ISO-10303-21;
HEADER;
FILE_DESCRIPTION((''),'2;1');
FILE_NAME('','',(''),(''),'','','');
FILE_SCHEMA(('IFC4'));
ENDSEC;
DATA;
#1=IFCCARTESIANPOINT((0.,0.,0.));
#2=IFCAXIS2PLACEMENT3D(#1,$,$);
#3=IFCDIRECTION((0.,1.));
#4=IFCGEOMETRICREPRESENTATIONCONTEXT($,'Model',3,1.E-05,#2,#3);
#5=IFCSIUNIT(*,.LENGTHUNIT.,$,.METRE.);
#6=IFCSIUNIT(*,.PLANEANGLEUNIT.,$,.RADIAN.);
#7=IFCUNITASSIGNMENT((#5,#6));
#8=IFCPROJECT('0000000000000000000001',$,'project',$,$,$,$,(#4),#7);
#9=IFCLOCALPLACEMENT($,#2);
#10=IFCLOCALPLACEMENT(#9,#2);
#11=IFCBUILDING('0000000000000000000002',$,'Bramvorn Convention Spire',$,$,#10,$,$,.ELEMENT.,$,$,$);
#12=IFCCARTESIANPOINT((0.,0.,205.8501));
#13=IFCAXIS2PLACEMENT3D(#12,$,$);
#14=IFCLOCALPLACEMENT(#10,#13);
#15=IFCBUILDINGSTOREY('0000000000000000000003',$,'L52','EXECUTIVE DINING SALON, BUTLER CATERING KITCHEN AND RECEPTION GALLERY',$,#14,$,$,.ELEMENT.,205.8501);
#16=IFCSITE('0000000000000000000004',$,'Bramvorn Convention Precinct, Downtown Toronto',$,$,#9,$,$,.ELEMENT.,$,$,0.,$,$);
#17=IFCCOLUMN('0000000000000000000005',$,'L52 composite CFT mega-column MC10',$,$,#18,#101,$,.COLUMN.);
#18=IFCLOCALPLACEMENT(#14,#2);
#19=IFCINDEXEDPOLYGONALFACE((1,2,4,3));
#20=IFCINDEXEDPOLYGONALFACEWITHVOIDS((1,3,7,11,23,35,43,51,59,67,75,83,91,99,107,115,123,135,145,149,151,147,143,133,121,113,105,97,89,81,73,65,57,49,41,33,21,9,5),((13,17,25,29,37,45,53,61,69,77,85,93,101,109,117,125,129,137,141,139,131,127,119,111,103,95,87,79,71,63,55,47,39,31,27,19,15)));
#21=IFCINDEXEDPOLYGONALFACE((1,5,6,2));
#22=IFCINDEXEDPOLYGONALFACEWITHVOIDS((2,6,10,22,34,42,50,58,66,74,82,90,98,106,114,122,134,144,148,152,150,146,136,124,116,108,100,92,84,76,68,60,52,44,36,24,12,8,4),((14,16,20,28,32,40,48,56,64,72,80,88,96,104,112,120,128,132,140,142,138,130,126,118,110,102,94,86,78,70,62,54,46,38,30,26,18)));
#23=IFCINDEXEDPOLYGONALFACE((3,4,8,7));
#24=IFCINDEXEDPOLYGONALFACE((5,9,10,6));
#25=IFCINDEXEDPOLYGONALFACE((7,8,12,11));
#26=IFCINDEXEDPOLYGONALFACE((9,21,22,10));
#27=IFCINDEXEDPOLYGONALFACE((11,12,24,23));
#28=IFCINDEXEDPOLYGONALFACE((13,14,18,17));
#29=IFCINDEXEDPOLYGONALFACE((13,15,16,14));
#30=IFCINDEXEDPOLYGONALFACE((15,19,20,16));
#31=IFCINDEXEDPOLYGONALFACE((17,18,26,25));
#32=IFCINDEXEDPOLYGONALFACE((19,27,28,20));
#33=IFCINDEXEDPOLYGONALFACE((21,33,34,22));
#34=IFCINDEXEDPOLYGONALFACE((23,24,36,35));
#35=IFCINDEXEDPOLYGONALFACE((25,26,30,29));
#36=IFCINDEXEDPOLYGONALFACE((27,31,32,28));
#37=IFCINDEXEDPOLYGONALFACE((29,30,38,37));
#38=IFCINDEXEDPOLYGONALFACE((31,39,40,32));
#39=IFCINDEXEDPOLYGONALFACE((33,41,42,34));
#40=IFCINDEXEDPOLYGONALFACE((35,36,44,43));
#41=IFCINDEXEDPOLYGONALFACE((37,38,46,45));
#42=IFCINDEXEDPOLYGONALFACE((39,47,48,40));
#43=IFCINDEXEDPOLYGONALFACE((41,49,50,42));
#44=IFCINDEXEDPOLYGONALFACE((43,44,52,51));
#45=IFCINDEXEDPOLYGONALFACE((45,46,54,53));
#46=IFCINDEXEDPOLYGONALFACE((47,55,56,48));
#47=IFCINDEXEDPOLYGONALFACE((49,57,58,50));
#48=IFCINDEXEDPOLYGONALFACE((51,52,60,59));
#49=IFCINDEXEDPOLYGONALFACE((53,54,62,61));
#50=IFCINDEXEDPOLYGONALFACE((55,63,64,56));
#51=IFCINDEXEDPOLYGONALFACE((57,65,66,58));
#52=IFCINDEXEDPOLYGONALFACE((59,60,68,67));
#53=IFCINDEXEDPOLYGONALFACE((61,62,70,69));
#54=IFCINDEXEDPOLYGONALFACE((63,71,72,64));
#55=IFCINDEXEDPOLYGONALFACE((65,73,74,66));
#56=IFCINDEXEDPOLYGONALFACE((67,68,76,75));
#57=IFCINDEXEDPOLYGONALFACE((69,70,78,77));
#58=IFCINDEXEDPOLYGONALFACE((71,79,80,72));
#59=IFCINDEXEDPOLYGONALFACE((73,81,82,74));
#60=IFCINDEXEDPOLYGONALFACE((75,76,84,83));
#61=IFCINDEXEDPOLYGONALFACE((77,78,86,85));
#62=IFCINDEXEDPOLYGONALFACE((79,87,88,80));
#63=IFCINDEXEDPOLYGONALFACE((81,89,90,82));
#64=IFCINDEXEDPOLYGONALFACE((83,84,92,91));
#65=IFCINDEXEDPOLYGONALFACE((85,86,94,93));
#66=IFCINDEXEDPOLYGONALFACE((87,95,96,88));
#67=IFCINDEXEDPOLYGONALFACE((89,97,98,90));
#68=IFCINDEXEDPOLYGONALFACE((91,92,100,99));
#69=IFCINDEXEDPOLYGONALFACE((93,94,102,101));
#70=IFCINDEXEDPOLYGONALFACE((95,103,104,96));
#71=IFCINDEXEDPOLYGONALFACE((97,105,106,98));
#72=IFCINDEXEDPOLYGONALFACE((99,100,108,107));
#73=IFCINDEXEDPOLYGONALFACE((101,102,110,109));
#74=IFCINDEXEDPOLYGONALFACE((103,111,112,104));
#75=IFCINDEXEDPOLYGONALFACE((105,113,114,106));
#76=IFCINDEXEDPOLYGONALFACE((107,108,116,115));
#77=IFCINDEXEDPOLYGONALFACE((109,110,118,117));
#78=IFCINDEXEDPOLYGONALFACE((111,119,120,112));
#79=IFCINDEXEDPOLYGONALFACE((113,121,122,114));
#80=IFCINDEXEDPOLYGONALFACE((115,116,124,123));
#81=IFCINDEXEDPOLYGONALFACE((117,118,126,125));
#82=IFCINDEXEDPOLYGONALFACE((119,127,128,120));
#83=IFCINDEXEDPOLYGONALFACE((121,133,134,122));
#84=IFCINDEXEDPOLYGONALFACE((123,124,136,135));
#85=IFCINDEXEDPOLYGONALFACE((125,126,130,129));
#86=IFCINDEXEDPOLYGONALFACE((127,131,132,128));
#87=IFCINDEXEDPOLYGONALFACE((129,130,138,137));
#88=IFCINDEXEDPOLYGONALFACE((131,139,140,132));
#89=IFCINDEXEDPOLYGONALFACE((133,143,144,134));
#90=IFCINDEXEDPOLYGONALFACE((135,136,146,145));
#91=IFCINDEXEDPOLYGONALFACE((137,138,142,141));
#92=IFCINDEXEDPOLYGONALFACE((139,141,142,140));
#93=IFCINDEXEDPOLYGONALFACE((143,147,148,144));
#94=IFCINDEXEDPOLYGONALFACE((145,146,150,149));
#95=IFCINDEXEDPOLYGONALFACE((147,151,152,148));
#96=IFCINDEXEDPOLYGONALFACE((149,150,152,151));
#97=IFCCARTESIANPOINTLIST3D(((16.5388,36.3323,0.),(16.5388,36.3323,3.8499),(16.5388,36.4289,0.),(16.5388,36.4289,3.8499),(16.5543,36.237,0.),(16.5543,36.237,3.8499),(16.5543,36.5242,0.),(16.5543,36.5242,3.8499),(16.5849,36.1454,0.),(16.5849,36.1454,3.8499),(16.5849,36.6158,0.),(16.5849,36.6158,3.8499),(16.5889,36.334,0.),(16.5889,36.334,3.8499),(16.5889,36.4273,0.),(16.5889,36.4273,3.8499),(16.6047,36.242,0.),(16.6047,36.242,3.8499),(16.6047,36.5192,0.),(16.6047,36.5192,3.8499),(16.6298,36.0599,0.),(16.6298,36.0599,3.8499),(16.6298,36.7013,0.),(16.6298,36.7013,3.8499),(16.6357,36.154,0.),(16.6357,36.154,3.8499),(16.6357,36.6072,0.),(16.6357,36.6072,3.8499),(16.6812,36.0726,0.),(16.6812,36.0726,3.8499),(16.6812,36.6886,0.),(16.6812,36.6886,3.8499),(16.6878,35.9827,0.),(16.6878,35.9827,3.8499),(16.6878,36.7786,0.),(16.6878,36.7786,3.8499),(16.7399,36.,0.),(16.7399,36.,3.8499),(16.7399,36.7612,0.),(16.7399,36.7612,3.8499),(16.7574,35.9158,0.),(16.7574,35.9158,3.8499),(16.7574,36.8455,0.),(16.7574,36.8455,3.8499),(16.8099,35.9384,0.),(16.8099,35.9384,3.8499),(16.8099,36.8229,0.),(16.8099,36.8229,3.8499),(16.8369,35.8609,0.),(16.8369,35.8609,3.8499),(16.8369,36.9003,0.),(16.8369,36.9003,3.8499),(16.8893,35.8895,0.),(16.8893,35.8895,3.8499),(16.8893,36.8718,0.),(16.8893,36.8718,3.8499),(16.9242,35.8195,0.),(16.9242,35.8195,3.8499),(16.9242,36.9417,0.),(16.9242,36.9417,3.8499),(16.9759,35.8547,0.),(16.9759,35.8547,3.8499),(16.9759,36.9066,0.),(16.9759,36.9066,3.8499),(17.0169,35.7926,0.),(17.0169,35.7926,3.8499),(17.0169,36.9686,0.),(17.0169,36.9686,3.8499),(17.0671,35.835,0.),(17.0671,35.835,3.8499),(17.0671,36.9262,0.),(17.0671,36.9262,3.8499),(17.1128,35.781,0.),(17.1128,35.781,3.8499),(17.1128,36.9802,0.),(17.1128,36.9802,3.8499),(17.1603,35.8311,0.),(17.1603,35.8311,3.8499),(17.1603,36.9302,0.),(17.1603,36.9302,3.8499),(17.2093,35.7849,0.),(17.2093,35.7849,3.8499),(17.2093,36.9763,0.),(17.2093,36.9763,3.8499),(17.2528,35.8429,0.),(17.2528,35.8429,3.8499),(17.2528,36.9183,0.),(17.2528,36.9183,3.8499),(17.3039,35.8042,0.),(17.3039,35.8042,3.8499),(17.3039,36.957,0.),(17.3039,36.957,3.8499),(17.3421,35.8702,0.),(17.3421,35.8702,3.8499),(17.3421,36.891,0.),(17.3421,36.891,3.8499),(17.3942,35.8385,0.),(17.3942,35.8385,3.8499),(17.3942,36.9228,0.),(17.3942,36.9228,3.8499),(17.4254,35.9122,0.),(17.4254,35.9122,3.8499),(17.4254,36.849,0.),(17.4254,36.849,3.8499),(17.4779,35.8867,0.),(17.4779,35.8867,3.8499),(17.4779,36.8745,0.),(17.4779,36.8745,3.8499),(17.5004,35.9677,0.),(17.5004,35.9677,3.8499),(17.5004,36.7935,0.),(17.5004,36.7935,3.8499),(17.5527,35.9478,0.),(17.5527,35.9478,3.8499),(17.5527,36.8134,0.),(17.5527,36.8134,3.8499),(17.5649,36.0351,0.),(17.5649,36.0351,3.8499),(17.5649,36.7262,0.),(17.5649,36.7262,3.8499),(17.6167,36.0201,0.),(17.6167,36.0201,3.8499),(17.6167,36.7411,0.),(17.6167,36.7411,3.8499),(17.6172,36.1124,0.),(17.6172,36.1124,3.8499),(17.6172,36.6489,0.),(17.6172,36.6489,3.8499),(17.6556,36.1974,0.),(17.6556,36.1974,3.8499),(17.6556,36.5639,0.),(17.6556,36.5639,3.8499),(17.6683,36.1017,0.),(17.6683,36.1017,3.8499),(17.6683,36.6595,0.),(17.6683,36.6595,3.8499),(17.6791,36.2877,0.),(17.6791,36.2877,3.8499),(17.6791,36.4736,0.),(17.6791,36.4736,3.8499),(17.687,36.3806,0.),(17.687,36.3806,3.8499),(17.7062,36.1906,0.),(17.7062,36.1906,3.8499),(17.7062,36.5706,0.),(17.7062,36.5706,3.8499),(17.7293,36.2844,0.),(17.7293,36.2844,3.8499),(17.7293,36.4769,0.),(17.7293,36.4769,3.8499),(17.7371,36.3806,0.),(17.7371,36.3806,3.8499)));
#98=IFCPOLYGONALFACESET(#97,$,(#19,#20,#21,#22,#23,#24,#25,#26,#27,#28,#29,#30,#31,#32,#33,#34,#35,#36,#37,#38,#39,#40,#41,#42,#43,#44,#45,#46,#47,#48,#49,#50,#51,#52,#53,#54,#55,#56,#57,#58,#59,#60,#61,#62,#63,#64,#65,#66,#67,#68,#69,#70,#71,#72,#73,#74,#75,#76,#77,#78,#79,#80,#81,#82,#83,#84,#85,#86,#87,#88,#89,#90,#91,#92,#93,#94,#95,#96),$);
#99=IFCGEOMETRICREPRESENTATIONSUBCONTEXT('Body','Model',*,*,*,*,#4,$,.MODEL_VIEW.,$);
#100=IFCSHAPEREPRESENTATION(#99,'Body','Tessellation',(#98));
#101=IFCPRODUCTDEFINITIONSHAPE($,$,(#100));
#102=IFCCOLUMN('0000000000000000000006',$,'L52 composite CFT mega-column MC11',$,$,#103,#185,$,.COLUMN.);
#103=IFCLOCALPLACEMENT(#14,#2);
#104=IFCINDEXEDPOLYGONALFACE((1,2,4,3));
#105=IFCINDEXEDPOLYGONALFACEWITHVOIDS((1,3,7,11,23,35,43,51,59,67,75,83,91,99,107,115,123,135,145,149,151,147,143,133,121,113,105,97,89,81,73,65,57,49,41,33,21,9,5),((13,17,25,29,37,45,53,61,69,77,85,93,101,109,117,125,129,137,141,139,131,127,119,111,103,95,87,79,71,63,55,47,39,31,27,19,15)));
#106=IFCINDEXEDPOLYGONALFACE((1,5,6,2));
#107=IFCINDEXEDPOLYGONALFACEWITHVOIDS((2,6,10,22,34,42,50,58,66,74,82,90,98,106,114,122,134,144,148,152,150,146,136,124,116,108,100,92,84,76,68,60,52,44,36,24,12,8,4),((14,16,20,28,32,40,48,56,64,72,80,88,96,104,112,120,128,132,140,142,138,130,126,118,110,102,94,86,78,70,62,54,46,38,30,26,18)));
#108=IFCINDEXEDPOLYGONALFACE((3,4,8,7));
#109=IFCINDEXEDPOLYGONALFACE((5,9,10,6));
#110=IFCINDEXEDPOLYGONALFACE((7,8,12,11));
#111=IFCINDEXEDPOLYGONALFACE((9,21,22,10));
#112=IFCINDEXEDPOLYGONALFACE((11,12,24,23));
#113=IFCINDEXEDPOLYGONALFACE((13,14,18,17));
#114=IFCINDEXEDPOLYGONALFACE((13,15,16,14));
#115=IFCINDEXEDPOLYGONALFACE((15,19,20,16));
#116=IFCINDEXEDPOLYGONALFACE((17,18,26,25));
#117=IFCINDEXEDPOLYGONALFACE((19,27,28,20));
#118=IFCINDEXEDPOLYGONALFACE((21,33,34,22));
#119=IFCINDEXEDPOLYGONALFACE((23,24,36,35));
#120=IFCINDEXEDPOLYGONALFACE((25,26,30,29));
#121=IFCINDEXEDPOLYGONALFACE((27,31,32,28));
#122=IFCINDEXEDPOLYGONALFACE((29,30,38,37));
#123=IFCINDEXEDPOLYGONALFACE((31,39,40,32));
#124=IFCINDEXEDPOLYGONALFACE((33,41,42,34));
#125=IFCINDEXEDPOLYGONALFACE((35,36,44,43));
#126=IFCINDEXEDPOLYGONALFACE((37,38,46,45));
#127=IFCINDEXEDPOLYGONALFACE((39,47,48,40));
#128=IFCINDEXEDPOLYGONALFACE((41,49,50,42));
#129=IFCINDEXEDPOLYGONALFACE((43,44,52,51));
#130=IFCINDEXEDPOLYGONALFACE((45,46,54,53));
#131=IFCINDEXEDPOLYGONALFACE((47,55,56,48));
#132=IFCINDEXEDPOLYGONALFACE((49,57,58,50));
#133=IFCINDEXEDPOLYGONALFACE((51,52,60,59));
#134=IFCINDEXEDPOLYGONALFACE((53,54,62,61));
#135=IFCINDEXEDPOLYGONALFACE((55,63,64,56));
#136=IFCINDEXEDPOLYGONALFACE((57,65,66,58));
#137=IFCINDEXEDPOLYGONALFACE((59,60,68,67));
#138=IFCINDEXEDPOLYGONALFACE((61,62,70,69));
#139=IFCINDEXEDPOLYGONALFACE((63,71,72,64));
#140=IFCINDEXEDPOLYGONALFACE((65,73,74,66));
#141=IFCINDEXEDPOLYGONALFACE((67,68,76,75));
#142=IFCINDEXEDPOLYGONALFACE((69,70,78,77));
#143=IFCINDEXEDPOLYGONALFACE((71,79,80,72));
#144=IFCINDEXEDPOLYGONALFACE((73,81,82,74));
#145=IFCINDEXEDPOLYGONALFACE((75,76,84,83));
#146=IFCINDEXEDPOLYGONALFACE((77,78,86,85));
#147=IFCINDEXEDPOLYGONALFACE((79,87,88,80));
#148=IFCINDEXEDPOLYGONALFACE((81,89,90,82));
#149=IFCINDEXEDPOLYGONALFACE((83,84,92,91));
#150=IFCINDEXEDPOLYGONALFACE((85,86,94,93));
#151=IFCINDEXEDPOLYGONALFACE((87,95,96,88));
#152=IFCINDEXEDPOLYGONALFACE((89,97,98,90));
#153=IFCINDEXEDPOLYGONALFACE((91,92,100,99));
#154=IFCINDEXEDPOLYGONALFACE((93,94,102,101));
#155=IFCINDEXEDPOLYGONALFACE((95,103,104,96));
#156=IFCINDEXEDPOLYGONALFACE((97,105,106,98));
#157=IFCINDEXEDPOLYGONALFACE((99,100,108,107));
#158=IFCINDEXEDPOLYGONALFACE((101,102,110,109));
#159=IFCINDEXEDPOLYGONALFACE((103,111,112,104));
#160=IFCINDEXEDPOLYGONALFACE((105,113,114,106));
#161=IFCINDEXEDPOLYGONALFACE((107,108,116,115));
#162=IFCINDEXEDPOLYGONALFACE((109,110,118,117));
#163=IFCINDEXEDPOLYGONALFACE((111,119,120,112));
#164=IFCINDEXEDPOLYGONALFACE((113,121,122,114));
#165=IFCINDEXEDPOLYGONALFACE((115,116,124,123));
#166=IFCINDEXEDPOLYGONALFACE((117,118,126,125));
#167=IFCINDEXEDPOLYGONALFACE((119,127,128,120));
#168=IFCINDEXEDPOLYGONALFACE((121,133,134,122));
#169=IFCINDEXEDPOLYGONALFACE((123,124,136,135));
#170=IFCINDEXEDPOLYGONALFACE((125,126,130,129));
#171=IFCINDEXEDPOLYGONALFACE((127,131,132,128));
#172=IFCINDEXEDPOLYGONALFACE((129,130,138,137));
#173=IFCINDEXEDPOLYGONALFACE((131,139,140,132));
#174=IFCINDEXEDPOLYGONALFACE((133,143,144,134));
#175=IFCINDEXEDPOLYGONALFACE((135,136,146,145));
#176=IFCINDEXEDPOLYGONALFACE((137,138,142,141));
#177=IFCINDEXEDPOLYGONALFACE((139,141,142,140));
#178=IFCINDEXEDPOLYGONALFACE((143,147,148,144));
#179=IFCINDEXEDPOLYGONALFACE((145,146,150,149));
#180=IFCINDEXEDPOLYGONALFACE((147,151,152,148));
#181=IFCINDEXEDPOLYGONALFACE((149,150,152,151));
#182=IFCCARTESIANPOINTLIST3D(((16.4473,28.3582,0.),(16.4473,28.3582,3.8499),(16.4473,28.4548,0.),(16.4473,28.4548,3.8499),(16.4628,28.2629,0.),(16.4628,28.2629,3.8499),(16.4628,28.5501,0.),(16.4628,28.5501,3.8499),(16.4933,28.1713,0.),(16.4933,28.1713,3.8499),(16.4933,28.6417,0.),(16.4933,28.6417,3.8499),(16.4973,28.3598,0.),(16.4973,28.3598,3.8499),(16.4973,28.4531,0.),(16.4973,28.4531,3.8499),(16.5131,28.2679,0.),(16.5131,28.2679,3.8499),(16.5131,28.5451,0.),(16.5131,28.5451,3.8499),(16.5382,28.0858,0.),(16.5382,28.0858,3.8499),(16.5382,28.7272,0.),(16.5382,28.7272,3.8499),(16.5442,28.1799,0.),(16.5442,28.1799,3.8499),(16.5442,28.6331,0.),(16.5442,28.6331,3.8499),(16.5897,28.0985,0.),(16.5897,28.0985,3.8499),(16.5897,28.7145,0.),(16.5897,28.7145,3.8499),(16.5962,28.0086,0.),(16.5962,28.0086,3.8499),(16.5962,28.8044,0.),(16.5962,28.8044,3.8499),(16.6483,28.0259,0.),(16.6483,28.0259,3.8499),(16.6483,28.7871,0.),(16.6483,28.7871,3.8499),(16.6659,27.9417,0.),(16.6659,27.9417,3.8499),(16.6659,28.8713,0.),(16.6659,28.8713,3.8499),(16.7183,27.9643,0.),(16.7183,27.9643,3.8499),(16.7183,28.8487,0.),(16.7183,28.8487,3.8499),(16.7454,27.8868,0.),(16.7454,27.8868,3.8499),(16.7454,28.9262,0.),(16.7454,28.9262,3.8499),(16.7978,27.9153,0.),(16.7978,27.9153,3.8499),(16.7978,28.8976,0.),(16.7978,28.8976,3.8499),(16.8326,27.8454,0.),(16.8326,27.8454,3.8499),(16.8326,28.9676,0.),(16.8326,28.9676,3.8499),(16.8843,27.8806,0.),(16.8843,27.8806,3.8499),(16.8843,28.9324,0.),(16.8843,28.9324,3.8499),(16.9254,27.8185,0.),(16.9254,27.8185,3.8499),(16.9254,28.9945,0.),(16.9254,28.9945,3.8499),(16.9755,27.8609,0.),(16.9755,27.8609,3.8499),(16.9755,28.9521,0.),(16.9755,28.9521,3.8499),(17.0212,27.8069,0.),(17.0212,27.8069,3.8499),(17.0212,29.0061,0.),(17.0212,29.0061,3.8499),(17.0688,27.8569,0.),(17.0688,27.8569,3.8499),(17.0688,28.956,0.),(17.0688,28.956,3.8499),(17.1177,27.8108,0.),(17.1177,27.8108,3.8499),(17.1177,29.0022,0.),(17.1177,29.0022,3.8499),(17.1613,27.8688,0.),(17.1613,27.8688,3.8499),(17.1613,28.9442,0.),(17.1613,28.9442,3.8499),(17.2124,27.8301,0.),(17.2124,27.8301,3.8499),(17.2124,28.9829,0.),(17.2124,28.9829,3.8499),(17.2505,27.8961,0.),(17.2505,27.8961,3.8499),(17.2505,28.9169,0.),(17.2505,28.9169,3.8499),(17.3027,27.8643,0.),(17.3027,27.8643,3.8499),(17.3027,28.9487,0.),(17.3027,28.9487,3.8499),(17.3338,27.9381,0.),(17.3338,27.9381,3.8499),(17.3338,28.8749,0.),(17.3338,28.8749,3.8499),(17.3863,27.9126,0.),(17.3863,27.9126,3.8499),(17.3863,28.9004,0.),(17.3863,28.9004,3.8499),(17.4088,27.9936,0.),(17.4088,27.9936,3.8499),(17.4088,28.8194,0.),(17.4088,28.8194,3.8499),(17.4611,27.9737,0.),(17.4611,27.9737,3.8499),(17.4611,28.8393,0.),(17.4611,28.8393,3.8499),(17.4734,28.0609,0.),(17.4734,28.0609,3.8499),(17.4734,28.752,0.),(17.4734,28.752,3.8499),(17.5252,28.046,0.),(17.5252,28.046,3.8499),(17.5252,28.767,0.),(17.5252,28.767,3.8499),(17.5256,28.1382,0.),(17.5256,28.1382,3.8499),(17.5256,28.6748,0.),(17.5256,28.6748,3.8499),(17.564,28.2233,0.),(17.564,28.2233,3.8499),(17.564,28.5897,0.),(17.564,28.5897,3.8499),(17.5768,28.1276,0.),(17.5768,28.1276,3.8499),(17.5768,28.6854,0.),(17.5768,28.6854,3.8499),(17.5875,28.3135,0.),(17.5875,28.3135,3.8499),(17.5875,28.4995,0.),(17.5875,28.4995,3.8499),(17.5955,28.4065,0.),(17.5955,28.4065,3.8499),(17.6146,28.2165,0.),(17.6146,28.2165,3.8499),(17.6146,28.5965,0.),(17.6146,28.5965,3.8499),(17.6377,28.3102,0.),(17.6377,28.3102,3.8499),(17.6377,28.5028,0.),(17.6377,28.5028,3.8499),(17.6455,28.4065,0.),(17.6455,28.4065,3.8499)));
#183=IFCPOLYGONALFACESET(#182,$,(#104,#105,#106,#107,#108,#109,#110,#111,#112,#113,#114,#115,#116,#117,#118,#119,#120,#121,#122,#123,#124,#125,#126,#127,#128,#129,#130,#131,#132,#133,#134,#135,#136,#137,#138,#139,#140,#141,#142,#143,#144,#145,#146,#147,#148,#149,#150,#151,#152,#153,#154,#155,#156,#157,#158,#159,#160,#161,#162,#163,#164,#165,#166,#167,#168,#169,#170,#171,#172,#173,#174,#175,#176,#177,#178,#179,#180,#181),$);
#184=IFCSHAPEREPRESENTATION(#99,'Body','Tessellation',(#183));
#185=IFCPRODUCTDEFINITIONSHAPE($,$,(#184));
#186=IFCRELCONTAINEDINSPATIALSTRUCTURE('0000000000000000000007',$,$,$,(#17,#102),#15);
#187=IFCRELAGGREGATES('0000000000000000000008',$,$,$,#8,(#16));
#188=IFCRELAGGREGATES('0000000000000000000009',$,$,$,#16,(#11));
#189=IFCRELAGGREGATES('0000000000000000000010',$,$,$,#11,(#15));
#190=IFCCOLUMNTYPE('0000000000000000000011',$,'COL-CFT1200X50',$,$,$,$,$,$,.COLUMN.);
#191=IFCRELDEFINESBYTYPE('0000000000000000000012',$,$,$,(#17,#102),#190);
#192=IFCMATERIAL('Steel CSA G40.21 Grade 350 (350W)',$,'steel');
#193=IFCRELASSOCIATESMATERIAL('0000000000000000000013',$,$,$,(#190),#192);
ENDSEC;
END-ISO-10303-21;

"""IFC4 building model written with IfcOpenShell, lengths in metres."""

from ifc_helpers import new_model, si_unit, direction, frame, origin, origin_2d, place, context, subcontext, project, spatial, hollow_circle, extrude, material, material_profile, profile_set, type_object, element, save


model = new_model("IFC4")

# Units and contexts
model_context = context("Model", 3, precision=1e-05, world=origin(), true_north=direction((0.0, 1.0)))
body_context = subcontext(model_context, "Body", "Model", "MODEL_VIEW")
ifc_project = project(units=[si_unit("LENGTHUNIT", "METRE"), si_unit("PLANEANGLEUNIT", "RADIAN")], contexts=[model_context])

# Site, building, storey
site_placement = place(None, origin())
site = spatial("IfcSite", under=ifc_project, at=site_placement, Name="Bramvorn Convention Precinct, Downtown Toronto", CompositionType="ELEMENT", RefElevation=0.0)
building_placement = place(site_placement, origin())
building = spatial("IfcBuilding", under=site, at=building_placement, Name="Bramvorn Convention Spire", CompositionType="ELEMENT")
storey_placement = place(building_placement, frame((0.0, 0.0, 205.8501)))
storey = spatial("IfcBuildingStorey", under=building, at=storey_placement, Name="L52", Description="EXECUTIVE DINING SALON, BUTLER CATERING KITCHEN AND RECEPTION GALLERY", CompositionType="ELEMENT", Elevation=205.8501)

# Columns
ifc_material_1 = material(Name="Steel CSA G40.21 Grade 350 (350W)", Category="steel")
ifc_material_profile_1 = material_profile(ifc_material_1, hollow_circle(Radius=0.6001, WallThickness=0.05, at=origin_2d()))
ifc_profile_set_1 = profile_set([ifc_material_profile_1], Name="Steel CSA G40.21 Grade 350 (350W) - CFT1200X50")
column_type = type_object("IfcColumnType", Name="COL-CFT1200X50", PredefinedType="COLUMN", material=ifc_profile_set_1)
for number, where, z_axis, x_axis, name in (
    (1, (17.137, 36.3806, 0.0), (0.0, 0.0, 1.0), (1.0, 0.0, 0.0), "L52 composite CFT mega-column MC10"),
    (2, (17.0454, 28.4065, 0.0), (0.0, 0.0, 1.0), (1.0, 0.0, 0.0), "L52 composite CFT mega-column MC11"),
):
    element("IfcColumn", number, at=place(storey_placement, frame(where, z_axis=z_axis, x_axis=x_axis)), inside=storey, type_object=column_type, Name=name, PredefinedType="COLUMN", context=body_context, shape_type="SweptSolid", body=[
        extrude(hollow_circle(Radius=0.6001, WallThickness=0.05, at=origin_2d()), origin(), (0.0, 0.0, 1.0), 3.8499),
    ])

save(model, "model.ifc")
